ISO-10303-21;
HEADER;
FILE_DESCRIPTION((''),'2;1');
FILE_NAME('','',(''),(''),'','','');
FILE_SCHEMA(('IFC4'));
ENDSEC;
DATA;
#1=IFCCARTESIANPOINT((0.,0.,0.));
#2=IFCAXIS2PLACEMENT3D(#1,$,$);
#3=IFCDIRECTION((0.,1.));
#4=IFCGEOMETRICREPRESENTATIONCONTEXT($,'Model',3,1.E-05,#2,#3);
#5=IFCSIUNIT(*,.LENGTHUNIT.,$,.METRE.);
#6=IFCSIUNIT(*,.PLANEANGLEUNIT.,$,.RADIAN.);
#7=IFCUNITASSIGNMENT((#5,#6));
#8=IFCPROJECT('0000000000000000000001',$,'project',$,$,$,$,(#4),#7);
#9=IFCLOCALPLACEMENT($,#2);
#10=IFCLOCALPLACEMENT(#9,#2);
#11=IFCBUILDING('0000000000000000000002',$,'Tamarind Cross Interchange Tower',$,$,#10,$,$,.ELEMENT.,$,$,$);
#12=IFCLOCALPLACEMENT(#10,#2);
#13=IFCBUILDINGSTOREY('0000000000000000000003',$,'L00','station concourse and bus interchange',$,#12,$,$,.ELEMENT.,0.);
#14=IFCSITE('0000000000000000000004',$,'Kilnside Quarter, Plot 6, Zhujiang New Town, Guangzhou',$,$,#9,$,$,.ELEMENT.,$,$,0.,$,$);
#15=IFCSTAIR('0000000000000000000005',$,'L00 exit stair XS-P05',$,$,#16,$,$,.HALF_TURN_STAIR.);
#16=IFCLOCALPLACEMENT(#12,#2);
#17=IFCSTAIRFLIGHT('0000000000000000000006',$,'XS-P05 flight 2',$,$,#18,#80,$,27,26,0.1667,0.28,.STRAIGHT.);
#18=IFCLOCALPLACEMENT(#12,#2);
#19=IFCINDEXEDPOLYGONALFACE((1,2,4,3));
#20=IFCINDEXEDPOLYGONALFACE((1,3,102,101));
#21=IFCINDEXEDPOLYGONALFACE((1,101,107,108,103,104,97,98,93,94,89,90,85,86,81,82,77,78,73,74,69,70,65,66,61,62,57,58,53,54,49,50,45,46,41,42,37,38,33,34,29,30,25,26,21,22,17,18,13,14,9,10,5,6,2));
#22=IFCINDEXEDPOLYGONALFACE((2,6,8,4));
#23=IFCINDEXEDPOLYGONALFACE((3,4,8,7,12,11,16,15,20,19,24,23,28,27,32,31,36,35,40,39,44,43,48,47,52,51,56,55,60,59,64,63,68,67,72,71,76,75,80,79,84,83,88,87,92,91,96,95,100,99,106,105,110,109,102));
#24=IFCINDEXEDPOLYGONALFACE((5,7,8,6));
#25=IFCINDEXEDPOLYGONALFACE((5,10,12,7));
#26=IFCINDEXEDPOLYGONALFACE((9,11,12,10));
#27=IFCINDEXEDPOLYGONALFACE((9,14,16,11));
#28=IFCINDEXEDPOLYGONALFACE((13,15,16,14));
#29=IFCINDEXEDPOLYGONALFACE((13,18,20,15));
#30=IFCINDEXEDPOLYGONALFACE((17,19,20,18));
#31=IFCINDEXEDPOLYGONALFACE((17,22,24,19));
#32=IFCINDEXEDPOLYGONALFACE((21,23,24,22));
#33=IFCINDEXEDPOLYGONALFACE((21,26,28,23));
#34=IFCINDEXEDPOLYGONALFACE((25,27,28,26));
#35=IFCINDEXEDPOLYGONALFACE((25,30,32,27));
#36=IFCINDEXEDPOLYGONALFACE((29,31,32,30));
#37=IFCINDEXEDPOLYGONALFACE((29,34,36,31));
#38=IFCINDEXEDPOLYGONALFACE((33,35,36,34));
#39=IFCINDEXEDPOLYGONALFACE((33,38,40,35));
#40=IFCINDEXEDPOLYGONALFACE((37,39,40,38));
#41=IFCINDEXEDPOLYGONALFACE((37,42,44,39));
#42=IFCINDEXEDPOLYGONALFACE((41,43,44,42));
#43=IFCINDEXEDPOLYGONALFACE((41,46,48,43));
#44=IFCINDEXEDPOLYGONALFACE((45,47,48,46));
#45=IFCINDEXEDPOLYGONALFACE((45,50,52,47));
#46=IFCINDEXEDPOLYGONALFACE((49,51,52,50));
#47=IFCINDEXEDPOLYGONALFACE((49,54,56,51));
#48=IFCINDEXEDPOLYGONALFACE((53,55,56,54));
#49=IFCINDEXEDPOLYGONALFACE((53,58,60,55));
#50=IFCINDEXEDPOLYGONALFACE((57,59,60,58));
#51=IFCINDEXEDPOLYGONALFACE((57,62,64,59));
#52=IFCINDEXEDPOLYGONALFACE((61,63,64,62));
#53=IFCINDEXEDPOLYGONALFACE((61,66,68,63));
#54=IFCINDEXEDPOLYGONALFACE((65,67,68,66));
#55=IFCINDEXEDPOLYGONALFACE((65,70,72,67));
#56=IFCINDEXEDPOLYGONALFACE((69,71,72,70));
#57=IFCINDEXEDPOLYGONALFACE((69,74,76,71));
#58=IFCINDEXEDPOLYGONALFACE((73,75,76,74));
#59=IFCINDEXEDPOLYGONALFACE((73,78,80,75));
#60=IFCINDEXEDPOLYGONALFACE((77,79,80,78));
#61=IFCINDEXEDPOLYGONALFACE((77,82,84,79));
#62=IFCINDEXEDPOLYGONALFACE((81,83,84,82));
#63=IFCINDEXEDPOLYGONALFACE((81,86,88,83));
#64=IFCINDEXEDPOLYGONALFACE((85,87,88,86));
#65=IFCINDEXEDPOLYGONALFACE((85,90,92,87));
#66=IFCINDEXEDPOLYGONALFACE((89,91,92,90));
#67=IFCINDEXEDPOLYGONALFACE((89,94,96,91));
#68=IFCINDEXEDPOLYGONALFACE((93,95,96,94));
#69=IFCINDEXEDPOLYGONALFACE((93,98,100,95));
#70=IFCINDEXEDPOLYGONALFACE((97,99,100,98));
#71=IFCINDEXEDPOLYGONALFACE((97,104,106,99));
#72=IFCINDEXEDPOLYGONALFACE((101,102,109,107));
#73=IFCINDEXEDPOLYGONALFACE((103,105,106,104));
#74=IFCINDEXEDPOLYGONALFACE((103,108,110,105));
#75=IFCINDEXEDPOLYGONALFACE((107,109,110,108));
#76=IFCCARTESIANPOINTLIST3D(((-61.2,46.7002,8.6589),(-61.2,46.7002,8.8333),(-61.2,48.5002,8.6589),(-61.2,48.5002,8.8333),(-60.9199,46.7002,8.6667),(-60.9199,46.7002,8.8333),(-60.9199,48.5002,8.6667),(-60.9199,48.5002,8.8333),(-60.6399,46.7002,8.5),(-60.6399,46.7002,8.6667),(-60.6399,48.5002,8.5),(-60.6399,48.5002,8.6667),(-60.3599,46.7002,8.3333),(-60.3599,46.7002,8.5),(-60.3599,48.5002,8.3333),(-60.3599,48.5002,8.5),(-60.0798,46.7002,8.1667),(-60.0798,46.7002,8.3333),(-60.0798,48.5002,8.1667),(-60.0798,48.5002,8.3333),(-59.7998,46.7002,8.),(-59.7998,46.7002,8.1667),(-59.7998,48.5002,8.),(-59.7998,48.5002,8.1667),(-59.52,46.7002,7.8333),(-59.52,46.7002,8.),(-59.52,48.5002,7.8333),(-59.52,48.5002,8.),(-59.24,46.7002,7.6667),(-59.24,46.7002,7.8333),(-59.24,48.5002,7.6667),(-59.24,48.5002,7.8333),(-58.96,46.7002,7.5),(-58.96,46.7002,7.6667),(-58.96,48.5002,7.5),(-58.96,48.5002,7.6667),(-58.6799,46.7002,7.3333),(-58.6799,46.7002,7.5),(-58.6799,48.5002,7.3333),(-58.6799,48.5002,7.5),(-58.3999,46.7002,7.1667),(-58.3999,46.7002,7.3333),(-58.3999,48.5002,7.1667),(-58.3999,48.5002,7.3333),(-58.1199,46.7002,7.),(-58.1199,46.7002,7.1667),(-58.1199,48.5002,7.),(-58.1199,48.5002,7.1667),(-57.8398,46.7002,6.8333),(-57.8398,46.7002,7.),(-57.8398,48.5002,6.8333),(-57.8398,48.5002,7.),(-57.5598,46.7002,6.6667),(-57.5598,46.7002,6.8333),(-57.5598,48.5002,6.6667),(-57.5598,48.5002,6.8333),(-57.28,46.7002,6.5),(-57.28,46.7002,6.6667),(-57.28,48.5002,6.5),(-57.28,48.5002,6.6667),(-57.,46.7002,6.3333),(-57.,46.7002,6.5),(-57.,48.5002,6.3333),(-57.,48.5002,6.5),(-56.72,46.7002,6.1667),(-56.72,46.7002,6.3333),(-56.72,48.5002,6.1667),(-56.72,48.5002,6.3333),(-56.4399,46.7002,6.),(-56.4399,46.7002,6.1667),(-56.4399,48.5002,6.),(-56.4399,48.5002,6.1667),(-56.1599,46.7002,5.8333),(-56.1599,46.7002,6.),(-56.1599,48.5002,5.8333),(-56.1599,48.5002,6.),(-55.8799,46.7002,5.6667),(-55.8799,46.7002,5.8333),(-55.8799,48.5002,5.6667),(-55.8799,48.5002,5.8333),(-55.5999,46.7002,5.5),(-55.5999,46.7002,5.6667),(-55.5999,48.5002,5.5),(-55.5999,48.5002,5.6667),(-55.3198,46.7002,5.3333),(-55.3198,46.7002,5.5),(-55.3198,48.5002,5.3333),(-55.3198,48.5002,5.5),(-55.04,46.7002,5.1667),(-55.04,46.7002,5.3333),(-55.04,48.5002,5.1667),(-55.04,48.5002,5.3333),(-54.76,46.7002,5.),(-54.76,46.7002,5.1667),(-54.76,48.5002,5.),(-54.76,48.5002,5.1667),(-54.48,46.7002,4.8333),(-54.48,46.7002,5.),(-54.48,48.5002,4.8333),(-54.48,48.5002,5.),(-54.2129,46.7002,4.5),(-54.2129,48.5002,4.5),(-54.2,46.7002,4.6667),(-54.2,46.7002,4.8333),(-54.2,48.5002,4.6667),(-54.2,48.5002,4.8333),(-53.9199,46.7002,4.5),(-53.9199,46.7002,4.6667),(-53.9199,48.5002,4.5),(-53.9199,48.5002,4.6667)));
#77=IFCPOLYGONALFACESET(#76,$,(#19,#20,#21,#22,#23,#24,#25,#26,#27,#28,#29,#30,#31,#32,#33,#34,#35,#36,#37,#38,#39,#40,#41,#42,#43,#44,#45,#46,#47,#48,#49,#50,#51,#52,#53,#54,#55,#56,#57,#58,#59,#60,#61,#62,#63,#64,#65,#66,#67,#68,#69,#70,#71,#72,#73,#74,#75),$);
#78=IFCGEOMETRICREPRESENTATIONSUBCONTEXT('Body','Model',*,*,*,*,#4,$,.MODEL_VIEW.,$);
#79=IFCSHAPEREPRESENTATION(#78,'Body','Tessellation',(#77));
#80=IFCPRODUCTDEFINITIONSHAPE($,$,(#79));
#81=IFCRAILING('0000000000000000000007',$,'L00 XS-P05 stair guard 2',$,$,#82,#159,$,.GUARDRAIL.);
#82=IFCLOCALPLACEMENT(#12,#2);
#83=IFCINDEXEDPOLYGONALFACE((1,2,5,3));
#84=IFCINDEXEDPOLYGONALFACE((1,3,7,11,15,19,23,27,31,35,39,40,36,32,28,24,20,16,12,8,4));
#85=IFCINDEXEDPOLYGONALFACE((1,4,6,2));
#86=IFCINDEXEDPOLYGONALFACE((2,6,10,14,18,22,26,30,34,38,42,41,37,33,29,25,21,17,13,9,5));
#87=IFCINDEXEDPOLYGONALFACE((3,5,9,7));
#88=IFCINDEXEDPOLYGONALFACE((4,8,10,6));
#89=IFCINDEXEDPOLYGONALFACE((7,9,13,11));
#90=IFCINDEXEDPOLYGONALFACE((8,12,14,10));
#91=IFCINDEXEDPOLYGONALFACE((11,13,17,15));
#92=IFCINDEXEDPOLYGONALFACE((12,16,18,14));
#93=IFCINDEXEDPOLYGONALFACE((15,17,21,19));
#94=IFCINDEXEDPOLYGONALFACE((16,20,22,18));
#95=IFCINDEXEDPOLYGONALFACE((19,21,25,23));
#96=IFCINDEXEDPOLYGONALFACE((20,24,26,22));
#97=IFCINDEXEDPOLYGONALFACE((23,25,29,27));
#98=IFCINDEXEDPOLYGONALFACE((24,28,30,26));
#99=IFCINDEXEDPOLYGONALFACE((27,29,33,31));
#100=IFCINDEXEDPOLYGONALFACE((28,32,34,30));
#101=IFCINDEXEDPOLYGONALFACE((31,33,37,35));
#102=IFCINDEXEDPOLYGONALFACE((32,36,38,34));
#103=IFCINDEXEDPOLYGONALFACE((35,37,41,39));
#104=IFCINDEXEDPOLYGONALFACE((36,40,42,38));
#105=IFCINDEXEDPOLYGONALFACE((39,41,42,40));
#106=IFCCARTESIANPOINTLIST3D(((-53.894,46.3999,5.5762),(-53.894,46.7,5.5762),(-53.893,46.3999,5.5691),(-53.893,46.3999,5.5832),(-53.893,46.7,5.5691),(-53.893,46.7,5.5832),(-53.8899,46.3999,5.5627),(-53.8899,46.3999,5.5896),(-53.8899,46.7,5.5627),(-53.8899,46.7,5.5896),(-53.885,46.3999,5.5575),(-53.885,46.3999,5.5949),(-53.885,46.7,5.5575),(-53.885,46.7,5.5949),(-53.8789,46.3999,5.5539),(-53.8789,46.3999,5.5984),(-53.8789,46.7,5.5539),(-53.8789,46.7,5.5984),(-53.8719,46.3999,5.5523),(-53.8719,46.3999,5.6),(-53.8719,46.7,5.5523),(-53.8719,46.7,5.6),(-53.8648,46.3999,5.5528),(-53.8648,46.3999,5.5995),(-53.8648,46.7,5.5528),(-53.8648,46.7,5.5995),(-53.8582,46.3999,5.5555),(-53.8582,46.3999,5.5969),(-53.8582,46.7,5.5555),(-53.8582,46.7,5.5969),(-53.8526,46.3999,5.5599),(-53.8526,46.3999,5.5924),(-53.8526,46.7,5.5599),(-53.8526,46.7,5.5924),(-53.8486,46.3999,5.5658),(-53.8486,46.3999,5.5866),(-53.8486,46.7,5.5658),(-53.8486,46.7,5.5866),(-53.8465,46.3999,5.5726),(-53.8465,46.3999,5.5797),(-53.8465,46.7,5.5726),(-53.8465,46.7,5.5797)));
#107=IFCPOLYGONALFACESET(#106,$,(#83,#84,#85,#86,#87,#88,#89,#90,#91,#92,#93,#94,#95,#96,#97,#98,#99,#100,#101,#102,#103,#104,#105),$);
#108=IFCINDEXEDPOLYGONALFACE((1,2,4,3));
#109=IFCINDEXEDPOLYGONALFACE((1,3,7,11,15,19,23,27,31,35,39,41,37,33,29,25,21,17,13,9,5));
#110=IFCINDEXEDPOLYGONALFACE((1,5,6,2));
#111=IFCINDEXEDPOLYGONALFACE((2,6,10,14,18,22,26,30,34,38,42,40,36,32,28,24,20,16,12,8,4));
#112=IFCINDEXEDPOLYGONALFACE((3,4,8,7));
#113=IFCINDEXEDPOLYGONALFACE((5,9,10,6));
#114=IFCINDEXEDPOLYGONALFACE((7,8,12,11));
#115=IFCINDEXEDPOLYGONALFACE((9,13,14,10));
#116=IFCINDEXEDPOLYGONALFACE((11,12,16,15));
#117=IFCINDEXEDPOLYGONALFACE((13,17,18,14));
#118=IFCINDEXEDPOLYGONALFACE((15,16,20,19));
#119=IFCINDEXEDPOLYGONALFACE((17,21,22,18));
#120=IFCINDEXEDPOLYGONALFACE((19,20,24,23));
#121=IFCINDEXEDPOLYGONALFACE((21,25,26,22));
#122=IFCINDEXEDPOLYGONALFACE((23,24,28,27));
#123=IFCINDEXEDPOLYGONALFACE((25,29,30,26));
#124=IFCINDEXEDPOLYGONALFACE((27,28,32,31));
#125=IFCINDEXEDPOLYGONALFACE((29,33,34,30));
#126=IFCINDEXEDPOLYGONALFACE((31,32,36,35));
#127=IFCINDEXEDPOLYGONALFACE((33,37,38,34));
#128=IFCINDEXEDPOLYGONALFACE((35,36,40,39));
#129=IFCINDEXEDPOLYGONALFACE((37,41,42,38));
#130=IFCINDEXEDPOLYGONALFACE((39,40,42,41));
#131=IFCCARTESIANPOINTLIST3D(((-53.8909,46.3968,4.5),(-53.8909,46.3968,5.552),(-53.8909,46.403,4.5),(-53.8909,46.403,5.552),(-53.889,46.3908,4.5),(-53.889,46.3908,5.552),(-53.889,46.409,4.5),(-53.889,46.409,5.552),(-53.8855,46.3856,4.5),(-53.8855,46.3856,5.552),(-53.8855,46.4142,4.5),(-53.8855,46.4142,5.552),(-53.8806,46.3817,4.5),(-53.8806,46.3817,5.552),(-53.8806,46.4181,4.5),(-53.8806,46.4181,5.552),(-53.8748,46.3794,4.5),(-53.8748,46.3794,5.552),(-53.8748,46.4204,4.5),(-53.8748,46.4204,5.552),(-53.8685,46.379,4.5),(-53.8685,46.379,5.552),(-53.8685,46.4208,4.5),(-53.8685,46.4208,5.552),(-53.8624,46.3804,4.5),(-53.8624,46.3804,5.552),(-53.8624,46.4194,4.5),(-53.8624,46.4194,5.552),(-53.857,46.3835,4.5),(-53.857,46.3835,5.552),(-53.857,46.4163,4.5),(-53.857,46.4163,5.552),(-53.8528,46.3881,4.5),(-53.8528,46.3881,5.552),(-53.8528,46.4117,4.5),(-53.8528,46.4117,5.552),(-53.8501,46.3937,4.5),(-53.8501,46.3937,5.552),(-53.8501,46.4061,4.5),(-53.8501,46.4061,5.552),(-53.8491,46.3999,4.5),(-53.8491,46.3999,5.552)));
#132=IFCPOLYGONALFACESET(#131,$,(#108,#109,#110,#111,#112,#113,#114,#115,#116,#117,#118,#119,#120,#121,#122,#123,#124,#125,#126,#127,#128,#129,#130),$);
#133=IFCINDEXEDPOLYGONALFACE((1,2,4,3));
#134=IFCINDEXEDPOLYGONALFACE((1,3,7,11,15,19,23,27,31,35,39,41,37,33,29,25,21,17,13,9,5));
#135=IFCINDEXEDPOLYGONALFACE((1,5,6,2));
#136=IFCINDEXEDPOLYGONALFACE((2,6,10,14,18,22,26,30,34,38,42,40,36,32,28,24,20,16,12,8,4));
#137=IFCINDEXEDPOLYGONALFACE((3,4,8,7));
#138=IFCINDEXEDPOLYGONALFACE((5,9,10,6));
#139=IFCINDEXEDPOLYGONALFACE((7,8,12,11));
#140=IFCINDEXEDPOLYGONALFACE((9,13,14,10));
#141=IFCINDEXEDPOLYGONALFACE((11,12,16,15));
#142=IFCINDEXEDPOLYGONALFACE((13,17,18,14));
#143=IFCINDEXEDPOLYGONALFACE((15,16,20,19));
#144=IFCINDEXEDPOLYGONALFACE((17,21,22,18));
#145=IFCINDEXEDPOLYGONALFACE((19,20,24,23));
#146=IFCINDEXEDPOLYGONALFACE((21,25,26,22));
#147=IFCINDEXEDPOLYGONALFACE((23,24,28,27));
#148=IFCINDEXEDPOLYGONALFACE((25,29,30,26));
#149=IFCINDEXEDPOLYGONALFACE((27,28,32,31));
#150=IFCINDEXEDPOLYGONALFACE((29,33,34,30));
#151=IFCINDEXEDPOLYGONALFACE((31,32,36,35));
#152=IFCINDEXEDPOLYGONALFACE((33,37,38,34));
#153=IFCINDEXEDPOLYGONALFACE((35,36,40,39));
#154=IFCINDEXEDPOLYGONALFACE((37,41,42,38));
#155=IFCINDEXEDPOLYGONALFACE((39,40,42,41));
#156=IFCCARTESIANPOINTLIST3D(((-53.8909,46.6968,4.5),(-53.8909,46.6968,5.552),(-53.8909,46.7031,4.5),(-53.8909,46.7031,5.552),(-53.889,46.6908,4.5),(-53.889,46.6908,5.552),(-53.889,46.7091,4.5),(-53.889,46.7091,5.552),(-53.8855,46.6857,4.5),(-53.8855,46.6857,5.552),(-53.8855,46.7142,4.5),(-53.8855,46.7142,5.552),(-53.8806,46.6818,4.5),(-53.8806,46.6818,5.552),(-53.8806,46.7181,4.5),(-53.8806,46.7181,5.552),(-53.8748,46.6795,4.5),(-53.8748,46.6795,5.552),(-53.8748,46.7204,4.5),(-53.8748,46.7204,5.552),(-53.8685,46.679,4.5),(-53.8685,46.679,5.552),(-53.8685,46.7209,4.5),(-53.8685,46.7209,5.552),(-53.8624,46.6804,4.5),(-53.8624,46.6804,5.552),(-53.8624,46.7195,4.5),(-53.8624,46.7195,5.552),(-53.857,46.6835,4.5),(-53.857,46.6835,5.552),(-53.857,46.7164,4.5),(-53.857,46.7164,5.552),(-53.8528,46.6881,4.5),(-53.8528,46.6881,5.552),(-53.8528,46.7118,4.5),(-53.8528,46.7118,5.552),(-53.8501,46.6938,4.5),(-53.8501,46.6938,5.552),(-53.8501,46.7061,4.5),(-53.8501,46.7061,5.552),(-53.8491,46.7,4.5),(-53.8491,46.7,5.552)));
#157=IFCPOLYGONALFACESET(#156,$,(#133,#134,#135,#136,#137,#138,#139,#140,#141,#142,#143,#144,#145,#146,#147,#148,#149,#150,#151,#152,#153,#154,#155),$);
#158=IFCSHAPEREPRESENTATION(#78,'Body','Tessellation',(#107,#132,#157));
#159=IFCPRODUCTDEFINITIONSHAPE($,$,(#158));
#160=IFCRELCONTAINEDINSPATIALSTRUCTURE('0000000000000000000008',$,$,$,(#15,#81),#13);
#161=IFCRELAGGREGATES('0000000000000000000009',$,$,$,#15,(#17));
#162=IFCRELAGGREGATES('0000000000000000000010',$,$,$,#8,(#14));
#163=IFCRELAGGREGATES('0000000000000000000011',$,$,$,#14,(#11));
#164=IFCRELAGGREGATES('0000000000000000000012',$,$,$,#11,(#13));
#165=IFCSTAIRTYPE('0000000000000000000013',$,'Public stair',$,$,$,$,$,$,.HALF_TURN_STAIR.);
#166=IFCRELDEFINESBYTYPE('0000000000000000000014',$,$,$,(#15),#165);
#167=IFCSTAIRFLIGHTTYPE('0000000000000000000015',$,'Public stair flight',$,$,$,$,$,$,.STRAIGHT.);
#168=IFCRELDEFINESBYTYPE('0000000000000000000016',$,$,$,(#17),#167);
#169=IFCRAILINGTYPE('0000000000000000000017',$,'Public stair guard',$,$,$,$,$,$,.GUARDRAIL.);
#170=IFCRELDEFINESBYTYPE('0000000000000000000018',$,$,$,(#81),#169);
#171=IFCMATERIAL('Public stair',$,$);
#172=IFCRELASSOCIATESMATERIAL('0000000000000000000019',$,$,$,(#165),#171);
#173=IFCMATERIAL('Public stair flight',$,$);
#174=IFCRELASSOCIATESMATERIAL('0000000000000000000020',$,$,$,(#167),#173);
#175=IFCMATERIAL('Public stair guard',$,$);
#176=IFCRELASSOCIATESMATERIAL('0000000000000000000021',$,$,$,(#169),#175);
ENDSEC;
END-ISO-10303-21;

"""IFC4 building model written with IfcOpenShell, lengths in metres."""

from ifc_helpers import new_model, si_unit, direction, frame, origin, origin_2d, place, context, subcontext, project, spatial, polyline, circle, outline, extrude, material, type_object, element, aggregate, save


model = new_model("IFC4")

# Units and contexts
model_context = context("Model", 3, precision=1e-05, world=origin(), true_north=direction((0.0, 1.0)))
body_context = subcontext(model_context, "Body", "Model", "MODEL_VIEW")
ifc_project = project(units=[si_unit("LENGTHUNIT", "METRE"), si_unit("PLANEANGLEUNIT", "RADIAN")], contexts=[model_context])

# Site, building, storey
site_placement = place(None, origin())
site = spatial("IfcSite", under=ifc_project, at=site_placement, Name="Kilnside Quarter, Plot 6, Zhujiang New Town, Guangzhou", CompositionType="ELEMENT", RefElevation=0.0)
building_placement = place(site_placement, origin())
building = spatial("IfcBuilding", under=site, at=building_placement, Name="Tamarind Cross Interchange Tower", CompositionType="ELEMENT")
storey_placement = place(building_placement, origin())
storey = spatial("IfcBuildingStorey", under=building, at=storey_placement, Name="L00", Description="station concourse and bus interchange", CompositionType="ELEMENT", Elevation=0.0)

# Stair, stair flight
ifc_material_1 = material(Name="Public stair")
stair_type = type_object("IfcStairType", Name="Public stair", PredefinedType="HALF_TURN_STAIR", material=ifc_material_1)
stair_placement = place(storey_placement, origin())
stair = element("IfcStair", 1, at=stair_placement, inside=storey, type_object=stair_type, Name="L00 exit stair XS-P05", PredefinedType="HALF_TURN_STAIR")
ifc_material_2 = material(Name="Public stair flight")
stair_flight_type = type_object("IfcStairFlightType", Name="Public stair flight", PredefinedType="STRAIGHT", material=ifc_material_2)
stair_flight_placement = place(storey_placement, frame((-53.9199, 47.6001, 4.5), z_axis=(0.0, 0.0, 1.0), x_axis=(-1.0, 0.0, 0.0)))
stair_flight = element("IfcStairFlight", 2, at=stair_flight_placement, type_object=stair_flight_type, Name="XS-P05 flight 2", NumberOfRisers=27, NumberOfTreads=26, PredefinedType="STRAIGHT", RiserHeight=0.1667, TreadLength=0.28, context=body_context, shape_type="SweptSolid", body=[
    extrude(outline(polyline([(0.0, 0.0), (0.0, 0.1667), (0.28, 0.1667), (0.28, 0.3333), (0.5601, 0.3333), (0.5601, 0.5), (0.8401, 0.5), (0.8401, 0.6667), (1.1201, 0.6667), (1.1201, 0.8333), (1.3999, 0.8333), (1.3999, 1.0), (1.6799, 1.0), (1.6799, 1.1667), (1.96, 1.1667), (1.96, 1.3333), (2.24, 1.3333), (2.24, 1.5), (2.52, 1.5), (2.52, 1.6667), (2.8, 1.6667), (2.8, 1.8333), (3.0801, 1.8333), (3.0801, 2.0), (3.3601, 2.0), (3.3601, 2.1667), (3.6399, 2.1667), (3.6399, 2.3333), (3.9199, 2.3333), (3.9199, 2.5), (4.2, 2.5), (4.2, 2.6667), (4.48, 2.6667), (4.48, 2.8333), (4.76, 2.8333), (4.76, 3.0), (5.04, 3.0), (5.04, 3.1667), (5.3201, 3.1667), (5.3201, 3.3333), (5.6001, 3.3333), (5.6001, 3.5), (5.8799, 3.5), (5.8799, 3.6667), (6.1599, 3.6667), (6.1599, 3.8333), (6.4399, 3.8333), (6.4399, 4.0), (6.72, 4.0), (6.72, 4.1667), (7.0, 4.1667), (7.0, 4.3333), (7.28, 4.3333), (7.28, 4.5), (7.28, 4.1589), (0.293, 0.0), (0.0, 0.0)])), frame((0.0, 0.8999, 0.0), z_axis=(0.0, -1.0, 0.0), x_axis=(1.0, 0.0, 0.0)), (0.0, 0.0, 1.0), 1.8),
])
aggregate(stair, [stair_flight])

# Railing
ifc_material_3 = material(Name="Public stair guard")
railing_type_1 = type_object("IfcRailingType", Name="Public stair guard", PredefinedType="GUARDRAIL", material=ifc_material_3)
railing_1_placement = place(storey_placement, frame((-53.8701, 46.3999, 4.5)))
element("IfcRailing", 3, at=railing_1_placement, inside=storey, type_object=railing_type_1, Name="L00 XS-P05 stair guard 2", PredefinedType="GUARDRAIL", context=body_context, shape_type="SweptSolid", body=[
    extrude(circle(Radius=0.0239, at=origin_2d()), frame((0.0, 0.0, 1.0762), z_axis=(0.0, 1.0, 0.0), x_axis=(-1.0, 0.0, 0.0)), (0.0, 0.0, 1.0), 0.3),
    extrude(circle(Radius=0.021, at=origin_2d()), origin(), (0.0, 0.0, 1.0), 1.052),
    extrude(circle(Radius=0.021, at=origin_2d()), frame((0.0, 0.3, 0.0)), (0.0, 0.0, 1.0), 1.052),
])

save(model, "model.ifc")
